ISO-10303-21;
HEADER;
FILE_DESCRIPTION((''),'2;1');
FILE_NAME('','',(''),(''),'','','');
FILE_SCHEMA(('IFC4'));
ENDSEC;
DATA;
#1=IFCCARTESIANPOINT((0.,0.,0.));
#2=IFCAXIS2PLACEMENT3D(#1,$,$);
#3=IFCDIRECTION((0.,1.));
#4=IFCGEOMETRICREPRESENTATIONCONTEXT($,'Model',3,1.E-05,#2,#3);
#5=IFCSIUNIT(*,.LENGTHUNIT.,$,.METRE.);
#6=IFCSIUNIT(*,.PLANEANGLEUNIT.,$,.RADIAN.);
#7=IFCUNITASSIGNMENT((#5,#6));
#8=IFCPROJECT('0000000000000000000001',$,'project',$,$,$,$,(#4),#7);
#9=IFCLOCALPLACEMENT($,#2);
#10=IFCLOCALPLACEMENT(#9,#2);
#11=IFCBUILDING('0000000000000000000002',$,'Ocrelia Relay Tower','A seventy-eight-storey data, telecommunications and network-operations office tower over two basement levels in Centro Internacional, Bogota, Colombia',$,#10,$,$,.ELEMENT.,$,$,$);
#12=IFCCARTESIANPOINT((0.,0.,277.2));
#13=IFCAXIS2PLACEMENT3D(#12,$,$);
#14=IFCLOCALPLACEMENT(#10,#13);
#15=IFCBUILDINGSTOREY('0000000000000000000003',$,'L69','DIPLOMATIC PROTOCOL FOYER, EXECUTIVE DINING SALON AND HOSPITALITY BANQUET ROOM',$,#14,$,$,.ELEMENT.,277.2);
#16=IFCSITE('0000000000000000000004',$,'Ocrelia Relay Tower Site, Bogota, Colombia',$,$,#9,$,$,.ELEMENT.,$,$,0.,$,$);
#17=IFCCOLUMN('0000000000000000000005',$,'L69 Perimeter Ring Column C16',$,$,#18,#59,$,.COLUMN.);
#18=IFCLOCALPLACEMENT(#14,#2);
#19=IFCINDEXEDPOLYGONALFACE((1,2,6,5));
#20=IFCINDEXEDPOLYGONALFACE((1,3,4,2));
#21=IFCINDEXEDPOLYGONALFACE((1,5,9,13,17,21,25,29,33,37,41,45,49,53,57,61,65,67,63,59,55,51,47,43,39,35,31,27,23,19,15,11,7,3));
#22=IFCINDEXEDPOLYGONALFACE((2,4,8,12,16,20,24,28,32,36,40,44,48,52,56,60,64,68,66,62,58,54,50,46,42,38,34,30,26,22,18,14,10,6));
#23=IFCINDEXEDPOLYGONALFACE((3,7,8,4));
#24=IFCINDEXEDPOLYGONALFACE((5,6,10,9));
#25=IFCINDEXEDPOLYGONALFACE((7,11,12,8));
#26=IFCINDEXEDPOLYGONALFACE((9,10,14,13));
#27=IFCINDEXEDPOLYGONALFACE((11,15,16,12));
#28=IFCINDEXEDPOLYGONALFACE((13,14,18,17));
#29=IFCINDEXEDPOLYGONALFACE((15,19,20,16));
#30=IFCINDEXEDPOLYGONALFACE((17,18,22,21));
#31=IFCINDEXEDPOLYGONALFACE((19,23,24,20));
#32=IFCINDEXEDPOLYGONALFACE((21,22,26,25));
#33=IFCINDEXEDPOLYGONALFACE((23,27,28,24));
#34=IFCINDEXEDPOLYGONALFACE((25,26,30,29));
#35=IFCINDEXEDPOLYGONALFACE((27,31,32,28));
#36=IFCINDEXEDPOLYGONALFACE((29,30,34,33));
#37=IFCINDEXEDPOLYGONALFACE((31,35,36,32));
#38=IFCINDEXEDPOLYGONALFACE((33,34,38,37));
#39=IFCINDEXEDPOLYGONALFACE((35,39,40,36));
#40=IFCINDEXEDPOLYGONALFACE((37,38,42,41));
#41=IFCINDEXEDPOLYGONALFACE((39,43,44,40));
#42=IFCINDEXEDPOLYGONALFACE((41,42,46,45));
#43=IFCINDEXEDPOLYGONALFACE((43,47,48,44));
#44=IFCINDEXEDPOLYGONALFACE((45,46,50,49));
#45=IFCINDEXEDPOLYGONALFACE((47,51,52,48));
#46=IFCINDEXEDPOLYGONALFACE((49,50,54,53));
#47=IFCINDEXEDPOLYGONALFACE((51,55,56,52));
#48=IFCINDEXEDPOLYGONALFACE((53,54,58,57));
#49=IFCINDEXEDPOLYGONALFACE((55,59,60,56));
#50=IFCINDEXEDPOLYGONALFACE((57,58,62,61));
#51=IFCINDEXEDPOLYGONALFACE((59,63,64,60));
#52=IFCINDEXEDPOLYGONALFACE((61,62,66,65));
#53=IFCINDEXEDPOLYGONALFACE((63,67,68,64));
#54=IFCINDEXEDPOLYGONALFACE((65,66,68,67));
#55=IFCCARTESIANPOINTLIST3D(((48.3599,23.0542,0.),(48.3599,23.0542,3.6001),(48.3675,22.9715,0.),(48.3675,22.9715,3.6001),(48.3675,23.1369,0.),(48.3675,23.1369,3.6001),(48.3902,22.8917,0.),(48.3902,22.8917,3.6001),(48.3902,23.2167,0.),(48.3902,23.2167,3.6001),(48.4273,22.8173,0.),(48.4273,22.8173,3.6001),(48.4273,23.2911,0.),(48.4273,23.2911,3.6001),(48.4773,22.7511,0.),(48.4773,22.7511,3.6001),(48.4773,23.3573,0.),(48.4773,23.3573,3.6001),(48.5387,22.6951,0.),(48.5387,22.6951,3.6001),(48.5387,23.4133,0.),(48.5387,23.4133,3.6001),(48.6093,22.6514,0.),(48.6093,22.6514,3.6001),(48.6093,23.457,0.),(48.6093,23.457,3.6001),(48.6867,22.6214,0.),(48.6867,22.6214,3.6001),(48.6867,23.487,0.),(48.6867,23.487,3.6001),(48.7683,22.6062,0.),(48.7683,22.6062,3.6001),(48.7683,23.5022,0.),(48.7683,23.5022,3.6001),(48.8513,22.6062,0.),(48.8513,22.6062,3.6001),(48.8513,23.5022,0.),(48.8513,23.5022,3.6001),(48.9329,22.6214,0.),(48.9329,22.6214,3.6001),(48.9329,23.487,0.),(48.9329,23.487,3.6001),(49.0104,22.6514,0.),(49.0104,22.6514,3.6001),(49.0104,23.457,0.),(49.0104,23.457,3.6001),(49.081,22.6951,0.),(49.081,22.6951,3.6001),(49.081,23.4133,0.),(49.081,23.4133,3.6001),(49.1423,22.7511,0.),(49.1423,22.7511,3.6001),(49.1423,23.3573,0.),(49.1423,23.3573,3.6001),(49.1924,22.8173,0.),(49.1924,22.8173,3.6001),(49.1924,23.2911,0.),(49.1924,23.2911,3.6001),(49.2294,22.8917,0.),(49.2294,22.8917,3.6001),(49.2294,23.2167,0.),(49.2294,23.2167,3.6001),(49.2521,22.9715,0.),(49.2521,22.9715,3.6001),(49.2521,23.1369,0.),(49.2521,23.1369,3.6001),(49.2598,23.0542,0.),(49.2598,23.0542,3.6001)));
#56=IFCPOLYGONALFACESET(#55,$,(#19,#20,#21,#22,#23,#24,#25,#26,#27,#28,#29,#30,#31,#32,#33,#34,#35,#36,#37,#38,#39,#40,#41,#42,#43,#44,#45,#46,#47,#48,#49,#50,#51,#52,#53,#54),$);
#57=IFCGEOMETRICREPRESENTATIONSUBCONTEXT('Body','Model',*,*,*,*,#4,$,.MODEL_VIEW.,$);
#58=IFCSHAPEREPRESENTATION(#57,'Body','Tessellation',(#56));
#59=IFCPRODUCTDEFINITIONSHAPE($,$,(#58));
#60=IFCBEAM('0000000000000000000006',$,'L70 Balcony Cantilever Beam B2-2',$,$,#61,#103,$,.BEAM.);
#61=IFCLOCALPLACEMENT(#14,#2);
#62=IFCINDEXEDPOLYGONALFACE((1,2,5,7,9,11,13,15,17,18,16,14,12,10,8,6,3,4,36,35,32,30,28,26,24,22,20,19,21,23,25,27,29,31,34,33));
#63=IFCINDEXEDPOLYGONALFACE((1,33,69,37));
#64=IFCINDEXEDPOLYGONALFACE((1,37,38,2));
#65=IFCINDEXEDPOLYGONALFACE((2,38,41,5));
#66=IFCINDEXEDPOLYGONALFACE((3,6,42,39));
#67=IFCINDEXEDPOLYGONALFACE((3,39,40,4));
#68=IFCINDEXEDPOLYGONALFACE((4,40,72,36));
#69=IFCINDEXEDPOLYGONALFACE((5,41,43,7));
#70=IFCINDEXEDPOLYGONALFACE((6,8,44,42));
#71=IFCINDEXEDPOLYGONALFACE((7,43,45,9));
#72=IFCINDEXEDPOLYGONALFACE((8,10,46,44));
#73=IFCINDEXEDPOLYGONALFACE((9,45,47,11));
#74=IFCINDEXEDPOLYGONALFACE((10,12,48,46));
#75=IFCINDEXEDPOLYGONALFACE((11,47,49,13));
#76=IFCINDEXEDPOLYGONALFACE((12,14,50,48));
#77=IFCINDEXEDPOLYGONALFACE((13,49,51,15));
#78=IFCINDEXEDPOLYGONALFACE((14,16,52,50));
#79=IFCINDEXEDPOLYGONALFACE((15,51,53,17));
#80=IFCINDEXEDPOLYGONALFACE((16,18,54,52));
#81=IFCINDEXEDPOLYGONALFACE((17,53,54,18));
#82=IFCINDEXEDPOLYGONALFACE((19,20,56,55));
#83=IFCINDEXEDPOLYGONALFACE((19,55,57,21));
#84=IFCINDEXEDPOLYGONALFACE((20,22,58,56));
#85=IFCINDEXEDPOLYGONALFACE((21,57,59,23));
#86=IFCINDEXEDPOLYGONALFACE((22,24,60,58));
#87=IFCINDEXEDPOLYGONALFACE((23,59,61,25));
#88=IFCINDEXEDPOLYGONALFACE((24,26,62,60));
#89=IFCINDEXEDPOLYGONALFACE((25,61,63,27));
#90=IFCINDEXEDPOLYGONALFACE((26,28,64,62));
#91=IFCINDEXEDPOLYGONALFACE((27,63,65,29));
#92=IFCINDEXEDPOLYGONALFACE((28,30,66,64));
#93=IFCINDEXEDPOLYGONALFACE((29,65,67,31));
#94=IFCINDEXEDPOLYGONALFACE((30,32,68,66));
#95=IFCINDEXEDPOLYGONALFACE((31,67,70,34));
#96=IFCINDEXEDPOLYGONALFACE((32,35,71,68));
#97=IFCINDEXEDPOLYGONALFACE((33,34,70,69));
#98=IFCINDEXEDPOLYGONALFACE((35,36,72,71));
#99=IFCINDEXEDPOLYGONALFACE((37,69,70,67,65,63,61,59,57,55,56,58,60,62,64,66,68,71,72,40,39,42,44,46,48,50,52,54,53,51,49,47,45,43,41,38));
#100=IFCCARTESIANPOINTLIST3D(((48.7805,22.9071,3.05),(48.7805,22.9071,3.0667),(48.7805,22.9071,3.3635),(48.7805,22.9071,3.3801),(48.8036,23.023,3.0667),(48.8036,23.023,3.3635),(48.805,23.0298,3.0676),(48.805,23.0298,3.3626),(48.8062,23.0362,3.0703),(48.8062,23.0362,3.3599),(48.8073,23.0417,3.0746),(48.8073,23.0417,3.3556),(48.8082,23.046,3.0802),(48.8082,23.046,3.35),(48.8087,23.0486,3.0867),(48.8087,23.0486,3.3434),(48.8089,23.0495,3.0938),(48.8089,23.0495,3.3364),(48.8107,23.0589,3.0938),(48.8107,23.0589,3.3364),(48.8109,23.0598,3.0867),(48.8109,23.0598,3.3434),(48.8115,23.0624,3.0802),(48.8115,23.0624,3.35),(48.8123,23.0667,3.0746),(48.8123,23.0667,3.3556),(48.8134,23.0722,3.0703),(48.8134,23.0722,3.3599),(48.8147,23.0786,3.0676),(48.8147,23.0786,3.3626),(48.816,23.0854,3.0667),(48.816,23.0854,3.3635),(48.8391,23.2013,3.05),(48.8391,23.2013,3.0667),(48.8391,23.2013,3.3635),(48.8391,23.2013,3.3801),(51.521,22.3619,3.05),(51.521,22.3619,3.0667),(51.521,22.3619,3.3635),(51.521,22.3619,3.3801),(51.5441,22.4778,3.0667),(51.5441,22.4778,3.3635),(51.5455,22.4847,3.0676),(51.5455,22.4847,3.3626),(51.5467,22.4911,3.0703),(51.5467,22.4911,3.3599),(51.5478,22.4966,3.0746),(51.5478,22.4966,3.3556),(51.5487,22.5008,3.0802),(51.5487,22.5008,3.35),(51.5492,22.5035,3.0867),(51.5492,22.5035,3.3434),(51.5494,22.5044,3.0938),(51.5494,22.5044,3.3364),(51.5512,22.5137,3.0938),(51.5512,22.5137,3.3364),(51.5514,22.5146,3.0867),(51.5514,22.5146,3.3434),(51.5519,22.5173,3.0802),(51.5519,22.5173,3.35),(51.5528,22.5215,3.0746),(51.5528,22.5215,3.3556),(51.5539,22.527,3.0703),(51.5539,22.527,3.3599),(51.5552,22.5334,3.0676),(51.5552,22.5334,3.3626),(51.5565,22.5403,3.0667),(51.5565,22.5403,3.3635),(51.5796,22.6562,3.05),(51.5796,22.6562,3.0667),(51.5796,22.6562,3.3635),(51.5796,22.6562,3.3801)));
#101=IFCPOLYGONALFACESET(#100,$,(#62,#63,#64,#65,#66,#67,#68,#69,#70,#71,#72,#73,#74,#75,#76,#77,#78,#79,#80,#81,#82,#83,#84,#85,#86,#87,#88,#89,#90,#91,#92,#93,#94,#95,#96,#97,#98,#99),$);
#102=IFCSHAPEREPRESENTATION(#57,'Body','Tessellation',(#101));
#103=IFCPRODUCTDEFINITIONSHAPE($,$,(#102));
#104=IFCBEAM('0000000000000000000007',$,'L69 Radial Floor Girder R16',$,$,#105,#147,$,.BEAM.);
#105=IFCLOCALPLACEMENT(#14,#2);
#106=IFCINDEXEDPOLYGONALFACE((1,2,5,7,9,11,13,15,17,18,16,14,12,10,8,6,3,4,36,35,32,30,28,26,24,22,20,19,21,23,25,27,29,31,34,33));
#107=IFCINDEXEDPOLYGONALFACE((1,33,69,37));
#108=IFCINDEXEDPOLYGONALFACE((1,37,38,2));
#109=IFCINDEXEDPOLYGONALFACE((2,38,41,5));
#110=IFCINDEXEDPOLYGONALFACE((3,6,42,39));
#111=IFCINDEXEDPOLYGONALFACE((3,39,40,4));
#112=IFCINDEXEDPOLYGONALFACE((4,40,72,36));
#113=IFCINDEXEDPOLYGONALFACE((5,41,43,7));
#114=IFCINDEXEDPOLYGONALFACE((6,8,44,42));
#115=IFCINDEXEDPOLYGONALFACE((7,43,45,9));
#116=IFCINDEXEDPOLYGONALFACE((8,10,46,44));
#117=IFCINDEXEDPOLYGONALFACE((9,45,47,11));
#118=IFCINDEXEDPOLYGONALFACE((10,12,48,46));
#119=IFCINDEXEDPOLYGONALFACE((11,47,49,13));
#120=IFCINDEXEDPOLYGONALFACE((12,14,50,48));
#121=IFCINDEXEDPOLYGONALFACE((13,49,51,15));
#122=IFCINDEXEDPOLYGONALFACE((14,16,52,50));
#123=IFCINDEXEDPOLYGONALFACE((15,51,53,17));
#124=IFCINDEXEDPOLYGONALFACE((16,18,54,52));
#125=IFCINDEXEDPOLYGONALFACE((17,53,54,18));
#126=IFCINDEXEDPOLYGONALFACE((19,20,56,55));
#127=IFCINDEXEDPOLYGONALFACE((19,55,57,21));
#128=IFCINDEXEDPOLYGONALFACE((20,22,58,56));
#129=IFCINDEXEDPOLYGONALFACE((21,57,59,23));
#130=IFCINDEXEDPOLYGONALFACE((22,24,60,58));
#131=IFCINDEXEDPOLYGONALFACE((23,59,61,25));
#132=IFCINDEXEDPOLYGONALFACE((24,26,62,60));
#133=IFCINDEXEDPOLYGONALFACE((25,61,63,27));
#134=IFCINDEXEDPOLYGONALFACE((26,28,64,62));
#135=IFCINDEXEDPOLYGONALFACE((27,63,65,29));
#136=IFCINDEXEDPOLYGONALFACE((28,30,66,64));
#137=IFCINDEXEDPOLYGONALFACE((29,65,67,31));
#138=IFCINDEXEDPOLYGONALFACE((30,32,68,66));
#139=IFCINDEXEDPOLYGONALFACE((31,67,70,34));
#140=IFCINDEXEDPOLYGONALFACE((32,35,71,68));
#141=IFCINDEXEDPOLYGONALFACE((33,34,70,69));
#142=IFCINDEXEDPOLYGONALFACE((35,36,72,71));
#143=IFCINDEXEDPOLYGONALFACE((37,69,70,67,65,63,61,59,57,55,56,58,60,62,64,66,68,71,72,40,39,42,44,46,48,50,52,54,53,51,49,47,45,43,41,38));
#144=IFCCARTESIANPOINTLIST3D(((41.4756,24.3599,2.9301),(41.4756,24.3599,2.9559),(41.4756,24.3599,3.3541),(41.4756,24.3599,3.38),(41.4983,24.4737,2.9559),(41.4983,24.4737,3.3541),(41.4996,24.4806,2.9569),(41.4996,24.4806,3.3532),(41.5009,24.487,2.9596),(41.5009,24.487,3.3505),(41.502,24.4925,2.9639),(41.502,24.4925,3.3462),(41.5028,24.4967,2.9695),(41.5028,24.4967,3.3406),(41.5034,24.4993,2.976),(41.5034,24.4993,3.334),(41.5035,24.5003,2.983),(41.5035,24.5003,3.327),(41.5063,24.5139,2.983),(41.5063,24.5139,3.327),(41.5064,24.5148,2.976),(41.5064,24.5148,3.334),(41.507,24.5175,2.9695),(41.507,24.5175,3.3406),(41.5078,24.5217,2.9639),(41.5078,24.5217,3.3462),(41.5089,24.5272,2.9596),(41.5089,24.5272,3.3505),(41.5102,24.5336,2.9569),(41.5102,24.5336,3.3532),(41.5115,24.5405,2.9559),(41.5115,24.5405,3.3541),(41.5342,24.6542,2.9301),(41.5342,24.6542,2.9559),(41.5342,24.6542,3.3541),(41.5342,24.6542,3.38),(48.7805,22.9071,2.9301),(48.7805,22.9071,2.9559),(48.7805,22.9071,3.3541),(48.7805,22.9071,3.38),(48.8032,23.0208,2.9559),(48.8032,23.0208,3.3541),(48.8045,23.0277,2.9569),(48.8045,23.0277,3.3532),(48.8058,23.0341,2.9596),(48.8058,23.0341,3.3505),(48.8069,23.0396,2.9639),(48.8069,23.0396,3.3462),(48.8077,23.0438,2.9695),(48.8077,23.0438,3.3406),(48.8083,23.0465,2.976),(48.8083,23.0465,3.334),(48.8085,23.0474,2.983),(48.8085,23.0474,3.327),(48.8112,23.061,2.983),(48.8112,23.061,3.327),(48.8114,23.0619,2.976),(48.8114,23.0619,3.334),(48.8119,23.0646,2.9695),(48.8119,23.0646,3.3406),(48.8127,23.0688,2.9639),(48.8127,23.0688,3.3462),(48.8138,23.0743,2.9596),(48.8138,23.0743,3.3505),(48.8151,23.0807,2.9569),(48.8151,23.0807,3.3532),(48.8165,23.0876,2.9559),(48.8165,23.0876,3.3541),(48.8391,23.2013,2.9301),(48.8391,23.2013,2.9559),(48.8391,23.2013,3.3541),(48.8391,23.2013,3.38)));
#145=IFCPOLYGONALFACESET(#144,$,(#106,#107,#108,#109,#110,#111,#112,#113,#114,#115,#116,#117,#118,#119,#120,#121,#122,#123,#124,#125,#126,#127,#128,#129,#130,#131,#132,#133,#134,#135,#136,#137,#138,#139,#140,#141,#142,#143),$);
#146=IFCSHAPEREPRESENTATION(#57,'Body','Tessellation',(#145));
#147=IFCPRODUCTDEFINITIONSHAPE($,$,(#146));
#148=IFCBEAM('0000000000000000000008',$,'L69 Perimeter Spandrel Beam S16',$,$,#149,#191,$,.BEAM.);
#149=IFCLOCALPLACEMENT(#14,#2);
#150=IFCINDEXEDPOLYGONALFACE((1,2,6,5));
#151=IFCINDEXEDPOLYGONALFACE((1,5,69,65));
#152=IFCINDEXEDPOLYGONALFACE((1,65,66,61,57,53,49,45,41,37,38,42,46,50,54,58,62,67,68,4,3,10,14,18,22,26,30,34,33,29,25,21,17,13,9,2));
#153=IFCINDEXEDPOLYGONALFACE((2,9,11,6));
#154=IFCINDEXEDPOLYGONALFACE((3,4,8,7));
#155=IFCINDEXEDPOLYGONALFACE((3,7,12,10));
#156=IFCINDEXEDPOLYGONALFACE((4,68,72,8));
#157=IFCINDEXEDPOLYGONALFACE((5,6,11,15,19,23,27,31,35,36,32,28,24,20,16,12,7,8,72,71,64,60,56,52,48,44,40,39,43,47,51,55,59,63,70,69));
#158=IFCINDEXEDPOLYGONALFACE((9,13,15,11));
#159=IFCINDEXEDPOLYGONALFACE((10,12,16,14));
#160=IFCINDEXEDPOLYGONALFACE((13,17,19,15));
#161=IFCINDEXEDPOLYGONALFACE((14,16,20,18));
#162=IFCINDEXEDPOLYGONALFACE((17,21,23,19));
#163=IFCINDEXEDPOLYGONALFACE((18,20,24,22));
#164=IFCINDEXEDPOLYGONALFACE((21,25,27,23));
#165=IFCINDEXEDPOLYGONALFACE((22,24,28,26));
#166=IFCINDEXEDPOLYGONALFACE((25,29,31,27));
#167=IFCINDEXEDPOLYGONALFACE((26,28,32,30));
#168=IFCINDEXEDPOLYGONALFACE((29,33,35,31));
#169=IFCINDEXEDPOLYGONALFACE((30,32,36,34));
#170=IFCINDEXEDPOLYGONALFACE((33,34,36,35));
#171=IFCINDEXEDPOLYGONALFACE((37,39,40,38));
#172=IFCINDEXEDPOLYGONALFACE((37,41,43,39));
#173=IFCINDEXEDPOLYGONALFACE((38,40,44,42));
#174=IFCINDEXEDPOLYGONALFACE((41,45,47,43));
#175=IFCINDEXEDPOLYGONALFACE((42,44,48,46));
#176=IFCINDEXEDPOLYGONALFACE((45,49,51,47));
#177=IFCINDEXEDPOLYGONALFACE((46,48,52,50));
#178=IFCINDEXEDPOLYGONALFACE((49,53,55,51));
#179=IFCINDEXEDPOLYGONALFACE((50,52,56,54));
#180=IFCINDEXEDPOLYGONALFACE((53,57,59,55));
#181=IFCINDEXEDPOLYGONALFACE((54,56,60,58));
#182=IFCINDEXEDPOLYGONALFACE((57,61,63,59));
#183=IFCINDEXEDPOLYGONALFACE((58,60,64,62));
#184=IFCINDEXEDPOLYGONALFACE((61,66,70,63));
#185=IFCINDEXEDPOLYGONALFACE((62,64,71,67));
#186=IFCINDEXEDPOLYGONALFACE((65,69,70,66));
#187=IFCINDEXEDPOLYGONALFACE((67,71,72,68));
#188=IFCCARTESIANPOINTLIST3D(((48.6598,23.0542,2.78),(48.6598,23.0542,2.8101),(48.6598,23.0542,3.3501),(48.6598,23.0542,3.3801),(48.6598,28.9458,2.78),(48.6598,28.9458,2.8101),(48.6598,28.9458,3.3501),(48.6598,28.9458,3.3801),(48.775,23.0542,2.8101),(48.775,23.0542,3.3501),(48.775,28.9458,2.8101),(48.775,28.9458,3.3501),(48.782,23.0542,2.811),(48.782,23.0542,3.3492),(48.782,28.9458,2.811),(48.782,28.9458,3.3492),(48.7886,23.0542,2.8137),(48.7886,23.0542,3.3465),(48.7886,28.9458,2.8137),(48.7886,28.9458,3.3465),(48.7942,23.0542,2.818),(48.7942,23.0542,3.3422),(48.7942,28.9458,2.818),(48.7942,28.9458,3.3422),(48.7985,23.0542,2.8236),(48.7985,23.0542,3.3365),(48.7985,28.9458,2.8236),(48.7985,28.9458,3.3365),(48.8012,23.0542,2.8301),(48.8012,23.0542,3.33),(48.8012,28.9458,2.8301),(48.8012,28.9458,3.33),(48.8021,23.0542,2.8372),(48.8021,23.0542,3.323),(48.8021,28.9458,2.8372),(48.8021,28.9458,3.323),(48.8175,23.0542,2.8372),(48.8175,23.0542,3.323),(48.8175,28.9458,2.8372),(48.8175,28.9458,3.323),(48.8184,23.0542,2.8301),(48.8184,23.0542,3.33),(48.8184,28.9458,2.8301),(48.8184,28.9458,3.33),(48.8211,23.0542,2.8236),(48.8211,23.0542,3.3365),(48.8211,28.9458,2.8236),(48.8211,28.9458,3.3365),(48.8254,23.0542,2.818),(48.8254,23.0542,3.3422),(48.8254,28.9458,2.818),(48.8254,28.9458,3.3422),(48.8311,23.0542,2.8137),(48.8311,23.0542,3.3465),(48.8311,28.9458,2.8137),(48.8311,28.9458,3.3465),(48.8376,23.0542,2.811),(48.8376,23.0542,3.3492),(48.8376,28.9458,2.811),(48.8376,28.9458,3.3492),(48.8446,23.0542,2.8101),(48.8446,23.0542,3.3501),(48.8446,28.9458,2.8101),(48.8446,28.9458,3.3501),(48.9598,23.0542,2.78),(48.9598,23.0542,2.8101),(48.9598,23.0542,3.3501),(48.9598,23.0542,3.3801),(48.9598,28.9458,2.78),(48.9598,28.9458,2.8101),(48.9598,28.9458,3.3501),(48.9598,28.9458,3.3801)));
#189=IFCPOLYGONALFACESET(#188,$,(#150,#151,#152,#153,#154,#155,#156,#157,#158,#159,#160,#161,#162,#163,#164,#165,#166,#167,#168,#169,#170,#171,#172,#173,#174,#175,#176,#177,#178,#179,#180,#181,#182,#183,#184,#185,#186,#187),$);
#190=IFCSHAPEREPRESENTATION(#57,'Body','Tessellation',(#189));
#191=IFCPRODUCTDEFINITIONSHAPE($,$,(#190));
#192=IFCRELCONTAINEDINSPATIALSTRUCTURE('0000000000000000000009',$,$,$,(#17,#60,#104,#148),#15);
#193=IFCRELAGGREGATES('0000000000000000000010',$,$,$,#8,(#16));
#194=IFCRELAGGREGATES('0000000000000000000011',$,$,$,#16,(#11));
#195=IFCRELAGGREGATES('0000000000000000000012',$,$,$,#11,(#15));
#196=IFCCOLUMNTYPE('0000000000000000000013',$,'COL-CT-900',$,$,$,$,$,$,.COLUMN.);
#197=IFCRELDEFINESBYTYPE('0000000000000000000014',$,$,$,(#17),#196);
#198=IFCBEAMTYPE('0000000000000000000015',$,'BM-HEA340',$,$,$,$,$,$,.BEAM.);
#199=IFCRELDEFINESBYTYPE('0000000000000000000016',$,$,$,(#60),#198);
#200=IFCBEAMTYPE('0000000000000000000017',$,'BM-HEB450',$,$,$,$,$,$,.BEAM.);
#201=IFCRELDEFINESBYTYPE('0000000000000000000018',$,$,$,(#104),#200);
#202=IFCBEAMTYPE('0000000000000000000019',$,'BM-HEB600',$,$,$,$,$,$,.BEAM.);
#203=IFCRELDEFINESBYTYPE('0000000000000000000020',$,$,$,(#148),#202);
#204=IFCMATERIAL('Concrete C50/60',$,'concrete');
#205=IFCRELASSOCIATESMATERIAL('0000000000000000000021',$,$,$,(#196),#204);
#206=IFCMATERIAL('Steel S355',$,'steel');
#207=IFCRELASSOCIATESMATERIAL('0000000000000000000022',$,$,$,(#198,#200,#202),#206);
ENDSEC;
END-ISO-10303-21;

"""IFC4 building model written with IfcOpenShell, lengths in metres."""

from ifc_helpers import new_model, si_unit, direction, frame, origin, origin_2d, place, context, subcontext, project, spatial, circle, i_section, extrude, material, material_profile, profile_set, type_object, element, save


model = new_model("IFC4")

# Units and contexts
model_context = context("Model", 3, precision=1e-05, world=origin(), true_north=direction((0.0, 1.0)))
body_context = subcontext(model_context, "Body", "Model", "MODEL_VIEW")
ifc_project = project(units=[si_unit("LENGTHUNIT", "METRE"), si_unit("PLANEANGLEUNIT", "RADIAN")], contexts=[model_context])

# Site, building, storey
site_placement = place(None, origin())
site = spatial("IfcSite", under=ifc_project, at=site_placement, Name="Ocrelia Relay Tower Site, Bogota, Colombia", CompositionType="ELEMENT", RefElevation=0.0)
building_placement = place(site_placement, origin())
building = spatial("IfcBuilding", under=site, at=building_placement, Name="Ocrelia Relay Tower", Description="A seventy-eight-storey data, telecommunications and network-operations office tower over two basement levels in Centro Internacional, Bogota, Colombia", CompositionType="ELEMENT")
storey_placement = place(building_placement, frame((0.0, 0.0, 277.2)))
storey = spatial("IfcBuildingStorey", under=building, at=storey_placement, Name="L69", Description="DIPLOMATIC PROTOCOL FOYER, EXECUTIVE DINING SALON AND HOSPITALITY BANQUET ROOM", CompositionType="ELEMENT", Elevation=277.2)

# Column
ifc_material_1 = material(Name="Concrete C50/60", Category="concrete")
ifc_material_profile_1 = material_profile(ifc_material_1, circle(Radius=0.45, at=origin_2d()), Name="RC-CIR-900")
ifc_profile_set_1 = profile_set([ifc_material_profile_1], Name="Concrete C50/60")
column_type = type_object("IfcColumnType", Name="COL-CT-900", PredefinedType="COLUMN", material=ifc_profile_set_1)
column_placement = place(storey_placement, frame((48.8098, 23.0542, 0.0), z_axis=(0.0, 0.0, 1.0), x_axis=(1.0, 0.0, 0.0)))
element("IfcColumn", 1, at=column_placement, inside=storey, type_object=column_type, Name="L69 Perimeter Ring Column C16", PredefinedType="COLUMN", context=body_context, shape_type="SweptSolid", body=[
    extrude(circle(Radius=0.45, at=origin_2d()), origin(), (0.0, 0.0, 1.0), 3.6001),
])

# Beams
ifc_material_2 = material(Name="Steel S355", Category="steel")
ifc_material_profile_2 = material_profile(ifc_material_2, i_section(OverallWidth=0.3, OverallDepth=0.3301, WebThickness=0.0095, FlangeThickness=0.0166, FilletRadius=0.0271, at=origin_2d()), Name="HEA 340")
ifc_profile_set_2 = profile_set([ifc_material_profile_2], Name="Steel S355")
beam_type_1 = type_object("IfcBeamType", Name="BM-HEA340", PredefinedType="BEAM", material=ifc_profile_set_2)
beam_1_placement = place(storey_placement, frame((48.8098, 23.0542, 3.2151), z_axis=(0.980782, -0.195108, 0.0), x_axis=(0.195108, 0.980782, 0.0)))
element("IfcBeam", 2, at=beam_1_placement, inside=storey, type_object=beam_type_1, Name="L70 Balcony Cantilever Beam B2-2", PredefinedType="BEAM", context=body_context, shape_type="SweptSolid", body=[
    extrude(i_section(OverallWidth=0.3, OverallDepth=0.3301, WebThickness=0.0095, FlangeThickness=0.0166, FilletRadius=0.0271, at=origin_2d()), origin(), (0.0, 0.0, 1.0), 2.7942),
])
ifc_material_profile_3 = material_profile(ifc_material_2, i_section(OverallWidth=0.3, OverallDepth=0.45, WebThickness=0.0139, FlangeThickness=0.0259, FilletRadius=0.0271, at=origin_2d()), Name="HEB 450")
ifc_profile_set_3 = profile_set([ifc_material_profile_3], Name="Steel S355")
beam_type_2 = type_object("IfcBeamType", Name="BM-HEB450", PredefinedType="BEAM", material=ifc_profile_set_3)
beam_2_placement = place(storey_placement, frame((48.8098, 23.0542, 3.155), z_axis=(-0.980789, 0.19507, 0.0), x_axis=(-0.19507, -0.980789, 0.0)))
element("IfcBeam", 3, at=beam_2_placement, inside=storey, type_object=beam_type_2, Name="L69 Radial Floor Girder R16", PredefinedType="BEAM", context=body_context, shape_type="SweptSolid", body=[
    extrude(i_section(OverallWidth=0.3, OverallDepth=0.45, WebThickness=0.0139, FlangeThickness=0.0259, FilletRadius=0.0271, at=origin_2d()), origin(), (0.0, 0.0, 1.0), 7.448),
])
ifc_material_profile_4 = material_profile(ifc_material_2, i_section(OverallWidth=0.3, OverallDepth=0.6001, WebThickness=0.0154, FlangeThickness=0.03, FilletRadius=0.0271, at=origin_2d()), Name="HEB 600")
ifc_profile_set_4 = profile_set([ifc_material_profile_4], Name="Steel S355")
beam_type_3 = type_object("IfcBeamType", Name="BM-HEB600", PredefinedType="BEAM", material=ifc_profile_set_4)
beam_3_placement = place(storey_placement, frame((48.8098, 23.0542, 3.0801), z_axis=(0.0, 1.0, 0.0), x_axis=(-1.0, 0.0, 0.0)))
element("IfcBeam", 4, at=beam_3_placement, inside=storey, type_object=beam_type_3, Name="L69 Perimeter Spandrel Beam S16", PredefinedType="BEAM", context=body_context, shape_type="SweptSolid", body=[
    extrude(i_section(OverallWidth=0.3, OverallDepth=0.6001, WebThickness=0.0154, FlangeThickness=0.03, FilletRadius=0.0271, at=origin_2d()), origin(), (0.0, 0.0, 1.0), 5.8916),
])

save(model, "model.ifc")
